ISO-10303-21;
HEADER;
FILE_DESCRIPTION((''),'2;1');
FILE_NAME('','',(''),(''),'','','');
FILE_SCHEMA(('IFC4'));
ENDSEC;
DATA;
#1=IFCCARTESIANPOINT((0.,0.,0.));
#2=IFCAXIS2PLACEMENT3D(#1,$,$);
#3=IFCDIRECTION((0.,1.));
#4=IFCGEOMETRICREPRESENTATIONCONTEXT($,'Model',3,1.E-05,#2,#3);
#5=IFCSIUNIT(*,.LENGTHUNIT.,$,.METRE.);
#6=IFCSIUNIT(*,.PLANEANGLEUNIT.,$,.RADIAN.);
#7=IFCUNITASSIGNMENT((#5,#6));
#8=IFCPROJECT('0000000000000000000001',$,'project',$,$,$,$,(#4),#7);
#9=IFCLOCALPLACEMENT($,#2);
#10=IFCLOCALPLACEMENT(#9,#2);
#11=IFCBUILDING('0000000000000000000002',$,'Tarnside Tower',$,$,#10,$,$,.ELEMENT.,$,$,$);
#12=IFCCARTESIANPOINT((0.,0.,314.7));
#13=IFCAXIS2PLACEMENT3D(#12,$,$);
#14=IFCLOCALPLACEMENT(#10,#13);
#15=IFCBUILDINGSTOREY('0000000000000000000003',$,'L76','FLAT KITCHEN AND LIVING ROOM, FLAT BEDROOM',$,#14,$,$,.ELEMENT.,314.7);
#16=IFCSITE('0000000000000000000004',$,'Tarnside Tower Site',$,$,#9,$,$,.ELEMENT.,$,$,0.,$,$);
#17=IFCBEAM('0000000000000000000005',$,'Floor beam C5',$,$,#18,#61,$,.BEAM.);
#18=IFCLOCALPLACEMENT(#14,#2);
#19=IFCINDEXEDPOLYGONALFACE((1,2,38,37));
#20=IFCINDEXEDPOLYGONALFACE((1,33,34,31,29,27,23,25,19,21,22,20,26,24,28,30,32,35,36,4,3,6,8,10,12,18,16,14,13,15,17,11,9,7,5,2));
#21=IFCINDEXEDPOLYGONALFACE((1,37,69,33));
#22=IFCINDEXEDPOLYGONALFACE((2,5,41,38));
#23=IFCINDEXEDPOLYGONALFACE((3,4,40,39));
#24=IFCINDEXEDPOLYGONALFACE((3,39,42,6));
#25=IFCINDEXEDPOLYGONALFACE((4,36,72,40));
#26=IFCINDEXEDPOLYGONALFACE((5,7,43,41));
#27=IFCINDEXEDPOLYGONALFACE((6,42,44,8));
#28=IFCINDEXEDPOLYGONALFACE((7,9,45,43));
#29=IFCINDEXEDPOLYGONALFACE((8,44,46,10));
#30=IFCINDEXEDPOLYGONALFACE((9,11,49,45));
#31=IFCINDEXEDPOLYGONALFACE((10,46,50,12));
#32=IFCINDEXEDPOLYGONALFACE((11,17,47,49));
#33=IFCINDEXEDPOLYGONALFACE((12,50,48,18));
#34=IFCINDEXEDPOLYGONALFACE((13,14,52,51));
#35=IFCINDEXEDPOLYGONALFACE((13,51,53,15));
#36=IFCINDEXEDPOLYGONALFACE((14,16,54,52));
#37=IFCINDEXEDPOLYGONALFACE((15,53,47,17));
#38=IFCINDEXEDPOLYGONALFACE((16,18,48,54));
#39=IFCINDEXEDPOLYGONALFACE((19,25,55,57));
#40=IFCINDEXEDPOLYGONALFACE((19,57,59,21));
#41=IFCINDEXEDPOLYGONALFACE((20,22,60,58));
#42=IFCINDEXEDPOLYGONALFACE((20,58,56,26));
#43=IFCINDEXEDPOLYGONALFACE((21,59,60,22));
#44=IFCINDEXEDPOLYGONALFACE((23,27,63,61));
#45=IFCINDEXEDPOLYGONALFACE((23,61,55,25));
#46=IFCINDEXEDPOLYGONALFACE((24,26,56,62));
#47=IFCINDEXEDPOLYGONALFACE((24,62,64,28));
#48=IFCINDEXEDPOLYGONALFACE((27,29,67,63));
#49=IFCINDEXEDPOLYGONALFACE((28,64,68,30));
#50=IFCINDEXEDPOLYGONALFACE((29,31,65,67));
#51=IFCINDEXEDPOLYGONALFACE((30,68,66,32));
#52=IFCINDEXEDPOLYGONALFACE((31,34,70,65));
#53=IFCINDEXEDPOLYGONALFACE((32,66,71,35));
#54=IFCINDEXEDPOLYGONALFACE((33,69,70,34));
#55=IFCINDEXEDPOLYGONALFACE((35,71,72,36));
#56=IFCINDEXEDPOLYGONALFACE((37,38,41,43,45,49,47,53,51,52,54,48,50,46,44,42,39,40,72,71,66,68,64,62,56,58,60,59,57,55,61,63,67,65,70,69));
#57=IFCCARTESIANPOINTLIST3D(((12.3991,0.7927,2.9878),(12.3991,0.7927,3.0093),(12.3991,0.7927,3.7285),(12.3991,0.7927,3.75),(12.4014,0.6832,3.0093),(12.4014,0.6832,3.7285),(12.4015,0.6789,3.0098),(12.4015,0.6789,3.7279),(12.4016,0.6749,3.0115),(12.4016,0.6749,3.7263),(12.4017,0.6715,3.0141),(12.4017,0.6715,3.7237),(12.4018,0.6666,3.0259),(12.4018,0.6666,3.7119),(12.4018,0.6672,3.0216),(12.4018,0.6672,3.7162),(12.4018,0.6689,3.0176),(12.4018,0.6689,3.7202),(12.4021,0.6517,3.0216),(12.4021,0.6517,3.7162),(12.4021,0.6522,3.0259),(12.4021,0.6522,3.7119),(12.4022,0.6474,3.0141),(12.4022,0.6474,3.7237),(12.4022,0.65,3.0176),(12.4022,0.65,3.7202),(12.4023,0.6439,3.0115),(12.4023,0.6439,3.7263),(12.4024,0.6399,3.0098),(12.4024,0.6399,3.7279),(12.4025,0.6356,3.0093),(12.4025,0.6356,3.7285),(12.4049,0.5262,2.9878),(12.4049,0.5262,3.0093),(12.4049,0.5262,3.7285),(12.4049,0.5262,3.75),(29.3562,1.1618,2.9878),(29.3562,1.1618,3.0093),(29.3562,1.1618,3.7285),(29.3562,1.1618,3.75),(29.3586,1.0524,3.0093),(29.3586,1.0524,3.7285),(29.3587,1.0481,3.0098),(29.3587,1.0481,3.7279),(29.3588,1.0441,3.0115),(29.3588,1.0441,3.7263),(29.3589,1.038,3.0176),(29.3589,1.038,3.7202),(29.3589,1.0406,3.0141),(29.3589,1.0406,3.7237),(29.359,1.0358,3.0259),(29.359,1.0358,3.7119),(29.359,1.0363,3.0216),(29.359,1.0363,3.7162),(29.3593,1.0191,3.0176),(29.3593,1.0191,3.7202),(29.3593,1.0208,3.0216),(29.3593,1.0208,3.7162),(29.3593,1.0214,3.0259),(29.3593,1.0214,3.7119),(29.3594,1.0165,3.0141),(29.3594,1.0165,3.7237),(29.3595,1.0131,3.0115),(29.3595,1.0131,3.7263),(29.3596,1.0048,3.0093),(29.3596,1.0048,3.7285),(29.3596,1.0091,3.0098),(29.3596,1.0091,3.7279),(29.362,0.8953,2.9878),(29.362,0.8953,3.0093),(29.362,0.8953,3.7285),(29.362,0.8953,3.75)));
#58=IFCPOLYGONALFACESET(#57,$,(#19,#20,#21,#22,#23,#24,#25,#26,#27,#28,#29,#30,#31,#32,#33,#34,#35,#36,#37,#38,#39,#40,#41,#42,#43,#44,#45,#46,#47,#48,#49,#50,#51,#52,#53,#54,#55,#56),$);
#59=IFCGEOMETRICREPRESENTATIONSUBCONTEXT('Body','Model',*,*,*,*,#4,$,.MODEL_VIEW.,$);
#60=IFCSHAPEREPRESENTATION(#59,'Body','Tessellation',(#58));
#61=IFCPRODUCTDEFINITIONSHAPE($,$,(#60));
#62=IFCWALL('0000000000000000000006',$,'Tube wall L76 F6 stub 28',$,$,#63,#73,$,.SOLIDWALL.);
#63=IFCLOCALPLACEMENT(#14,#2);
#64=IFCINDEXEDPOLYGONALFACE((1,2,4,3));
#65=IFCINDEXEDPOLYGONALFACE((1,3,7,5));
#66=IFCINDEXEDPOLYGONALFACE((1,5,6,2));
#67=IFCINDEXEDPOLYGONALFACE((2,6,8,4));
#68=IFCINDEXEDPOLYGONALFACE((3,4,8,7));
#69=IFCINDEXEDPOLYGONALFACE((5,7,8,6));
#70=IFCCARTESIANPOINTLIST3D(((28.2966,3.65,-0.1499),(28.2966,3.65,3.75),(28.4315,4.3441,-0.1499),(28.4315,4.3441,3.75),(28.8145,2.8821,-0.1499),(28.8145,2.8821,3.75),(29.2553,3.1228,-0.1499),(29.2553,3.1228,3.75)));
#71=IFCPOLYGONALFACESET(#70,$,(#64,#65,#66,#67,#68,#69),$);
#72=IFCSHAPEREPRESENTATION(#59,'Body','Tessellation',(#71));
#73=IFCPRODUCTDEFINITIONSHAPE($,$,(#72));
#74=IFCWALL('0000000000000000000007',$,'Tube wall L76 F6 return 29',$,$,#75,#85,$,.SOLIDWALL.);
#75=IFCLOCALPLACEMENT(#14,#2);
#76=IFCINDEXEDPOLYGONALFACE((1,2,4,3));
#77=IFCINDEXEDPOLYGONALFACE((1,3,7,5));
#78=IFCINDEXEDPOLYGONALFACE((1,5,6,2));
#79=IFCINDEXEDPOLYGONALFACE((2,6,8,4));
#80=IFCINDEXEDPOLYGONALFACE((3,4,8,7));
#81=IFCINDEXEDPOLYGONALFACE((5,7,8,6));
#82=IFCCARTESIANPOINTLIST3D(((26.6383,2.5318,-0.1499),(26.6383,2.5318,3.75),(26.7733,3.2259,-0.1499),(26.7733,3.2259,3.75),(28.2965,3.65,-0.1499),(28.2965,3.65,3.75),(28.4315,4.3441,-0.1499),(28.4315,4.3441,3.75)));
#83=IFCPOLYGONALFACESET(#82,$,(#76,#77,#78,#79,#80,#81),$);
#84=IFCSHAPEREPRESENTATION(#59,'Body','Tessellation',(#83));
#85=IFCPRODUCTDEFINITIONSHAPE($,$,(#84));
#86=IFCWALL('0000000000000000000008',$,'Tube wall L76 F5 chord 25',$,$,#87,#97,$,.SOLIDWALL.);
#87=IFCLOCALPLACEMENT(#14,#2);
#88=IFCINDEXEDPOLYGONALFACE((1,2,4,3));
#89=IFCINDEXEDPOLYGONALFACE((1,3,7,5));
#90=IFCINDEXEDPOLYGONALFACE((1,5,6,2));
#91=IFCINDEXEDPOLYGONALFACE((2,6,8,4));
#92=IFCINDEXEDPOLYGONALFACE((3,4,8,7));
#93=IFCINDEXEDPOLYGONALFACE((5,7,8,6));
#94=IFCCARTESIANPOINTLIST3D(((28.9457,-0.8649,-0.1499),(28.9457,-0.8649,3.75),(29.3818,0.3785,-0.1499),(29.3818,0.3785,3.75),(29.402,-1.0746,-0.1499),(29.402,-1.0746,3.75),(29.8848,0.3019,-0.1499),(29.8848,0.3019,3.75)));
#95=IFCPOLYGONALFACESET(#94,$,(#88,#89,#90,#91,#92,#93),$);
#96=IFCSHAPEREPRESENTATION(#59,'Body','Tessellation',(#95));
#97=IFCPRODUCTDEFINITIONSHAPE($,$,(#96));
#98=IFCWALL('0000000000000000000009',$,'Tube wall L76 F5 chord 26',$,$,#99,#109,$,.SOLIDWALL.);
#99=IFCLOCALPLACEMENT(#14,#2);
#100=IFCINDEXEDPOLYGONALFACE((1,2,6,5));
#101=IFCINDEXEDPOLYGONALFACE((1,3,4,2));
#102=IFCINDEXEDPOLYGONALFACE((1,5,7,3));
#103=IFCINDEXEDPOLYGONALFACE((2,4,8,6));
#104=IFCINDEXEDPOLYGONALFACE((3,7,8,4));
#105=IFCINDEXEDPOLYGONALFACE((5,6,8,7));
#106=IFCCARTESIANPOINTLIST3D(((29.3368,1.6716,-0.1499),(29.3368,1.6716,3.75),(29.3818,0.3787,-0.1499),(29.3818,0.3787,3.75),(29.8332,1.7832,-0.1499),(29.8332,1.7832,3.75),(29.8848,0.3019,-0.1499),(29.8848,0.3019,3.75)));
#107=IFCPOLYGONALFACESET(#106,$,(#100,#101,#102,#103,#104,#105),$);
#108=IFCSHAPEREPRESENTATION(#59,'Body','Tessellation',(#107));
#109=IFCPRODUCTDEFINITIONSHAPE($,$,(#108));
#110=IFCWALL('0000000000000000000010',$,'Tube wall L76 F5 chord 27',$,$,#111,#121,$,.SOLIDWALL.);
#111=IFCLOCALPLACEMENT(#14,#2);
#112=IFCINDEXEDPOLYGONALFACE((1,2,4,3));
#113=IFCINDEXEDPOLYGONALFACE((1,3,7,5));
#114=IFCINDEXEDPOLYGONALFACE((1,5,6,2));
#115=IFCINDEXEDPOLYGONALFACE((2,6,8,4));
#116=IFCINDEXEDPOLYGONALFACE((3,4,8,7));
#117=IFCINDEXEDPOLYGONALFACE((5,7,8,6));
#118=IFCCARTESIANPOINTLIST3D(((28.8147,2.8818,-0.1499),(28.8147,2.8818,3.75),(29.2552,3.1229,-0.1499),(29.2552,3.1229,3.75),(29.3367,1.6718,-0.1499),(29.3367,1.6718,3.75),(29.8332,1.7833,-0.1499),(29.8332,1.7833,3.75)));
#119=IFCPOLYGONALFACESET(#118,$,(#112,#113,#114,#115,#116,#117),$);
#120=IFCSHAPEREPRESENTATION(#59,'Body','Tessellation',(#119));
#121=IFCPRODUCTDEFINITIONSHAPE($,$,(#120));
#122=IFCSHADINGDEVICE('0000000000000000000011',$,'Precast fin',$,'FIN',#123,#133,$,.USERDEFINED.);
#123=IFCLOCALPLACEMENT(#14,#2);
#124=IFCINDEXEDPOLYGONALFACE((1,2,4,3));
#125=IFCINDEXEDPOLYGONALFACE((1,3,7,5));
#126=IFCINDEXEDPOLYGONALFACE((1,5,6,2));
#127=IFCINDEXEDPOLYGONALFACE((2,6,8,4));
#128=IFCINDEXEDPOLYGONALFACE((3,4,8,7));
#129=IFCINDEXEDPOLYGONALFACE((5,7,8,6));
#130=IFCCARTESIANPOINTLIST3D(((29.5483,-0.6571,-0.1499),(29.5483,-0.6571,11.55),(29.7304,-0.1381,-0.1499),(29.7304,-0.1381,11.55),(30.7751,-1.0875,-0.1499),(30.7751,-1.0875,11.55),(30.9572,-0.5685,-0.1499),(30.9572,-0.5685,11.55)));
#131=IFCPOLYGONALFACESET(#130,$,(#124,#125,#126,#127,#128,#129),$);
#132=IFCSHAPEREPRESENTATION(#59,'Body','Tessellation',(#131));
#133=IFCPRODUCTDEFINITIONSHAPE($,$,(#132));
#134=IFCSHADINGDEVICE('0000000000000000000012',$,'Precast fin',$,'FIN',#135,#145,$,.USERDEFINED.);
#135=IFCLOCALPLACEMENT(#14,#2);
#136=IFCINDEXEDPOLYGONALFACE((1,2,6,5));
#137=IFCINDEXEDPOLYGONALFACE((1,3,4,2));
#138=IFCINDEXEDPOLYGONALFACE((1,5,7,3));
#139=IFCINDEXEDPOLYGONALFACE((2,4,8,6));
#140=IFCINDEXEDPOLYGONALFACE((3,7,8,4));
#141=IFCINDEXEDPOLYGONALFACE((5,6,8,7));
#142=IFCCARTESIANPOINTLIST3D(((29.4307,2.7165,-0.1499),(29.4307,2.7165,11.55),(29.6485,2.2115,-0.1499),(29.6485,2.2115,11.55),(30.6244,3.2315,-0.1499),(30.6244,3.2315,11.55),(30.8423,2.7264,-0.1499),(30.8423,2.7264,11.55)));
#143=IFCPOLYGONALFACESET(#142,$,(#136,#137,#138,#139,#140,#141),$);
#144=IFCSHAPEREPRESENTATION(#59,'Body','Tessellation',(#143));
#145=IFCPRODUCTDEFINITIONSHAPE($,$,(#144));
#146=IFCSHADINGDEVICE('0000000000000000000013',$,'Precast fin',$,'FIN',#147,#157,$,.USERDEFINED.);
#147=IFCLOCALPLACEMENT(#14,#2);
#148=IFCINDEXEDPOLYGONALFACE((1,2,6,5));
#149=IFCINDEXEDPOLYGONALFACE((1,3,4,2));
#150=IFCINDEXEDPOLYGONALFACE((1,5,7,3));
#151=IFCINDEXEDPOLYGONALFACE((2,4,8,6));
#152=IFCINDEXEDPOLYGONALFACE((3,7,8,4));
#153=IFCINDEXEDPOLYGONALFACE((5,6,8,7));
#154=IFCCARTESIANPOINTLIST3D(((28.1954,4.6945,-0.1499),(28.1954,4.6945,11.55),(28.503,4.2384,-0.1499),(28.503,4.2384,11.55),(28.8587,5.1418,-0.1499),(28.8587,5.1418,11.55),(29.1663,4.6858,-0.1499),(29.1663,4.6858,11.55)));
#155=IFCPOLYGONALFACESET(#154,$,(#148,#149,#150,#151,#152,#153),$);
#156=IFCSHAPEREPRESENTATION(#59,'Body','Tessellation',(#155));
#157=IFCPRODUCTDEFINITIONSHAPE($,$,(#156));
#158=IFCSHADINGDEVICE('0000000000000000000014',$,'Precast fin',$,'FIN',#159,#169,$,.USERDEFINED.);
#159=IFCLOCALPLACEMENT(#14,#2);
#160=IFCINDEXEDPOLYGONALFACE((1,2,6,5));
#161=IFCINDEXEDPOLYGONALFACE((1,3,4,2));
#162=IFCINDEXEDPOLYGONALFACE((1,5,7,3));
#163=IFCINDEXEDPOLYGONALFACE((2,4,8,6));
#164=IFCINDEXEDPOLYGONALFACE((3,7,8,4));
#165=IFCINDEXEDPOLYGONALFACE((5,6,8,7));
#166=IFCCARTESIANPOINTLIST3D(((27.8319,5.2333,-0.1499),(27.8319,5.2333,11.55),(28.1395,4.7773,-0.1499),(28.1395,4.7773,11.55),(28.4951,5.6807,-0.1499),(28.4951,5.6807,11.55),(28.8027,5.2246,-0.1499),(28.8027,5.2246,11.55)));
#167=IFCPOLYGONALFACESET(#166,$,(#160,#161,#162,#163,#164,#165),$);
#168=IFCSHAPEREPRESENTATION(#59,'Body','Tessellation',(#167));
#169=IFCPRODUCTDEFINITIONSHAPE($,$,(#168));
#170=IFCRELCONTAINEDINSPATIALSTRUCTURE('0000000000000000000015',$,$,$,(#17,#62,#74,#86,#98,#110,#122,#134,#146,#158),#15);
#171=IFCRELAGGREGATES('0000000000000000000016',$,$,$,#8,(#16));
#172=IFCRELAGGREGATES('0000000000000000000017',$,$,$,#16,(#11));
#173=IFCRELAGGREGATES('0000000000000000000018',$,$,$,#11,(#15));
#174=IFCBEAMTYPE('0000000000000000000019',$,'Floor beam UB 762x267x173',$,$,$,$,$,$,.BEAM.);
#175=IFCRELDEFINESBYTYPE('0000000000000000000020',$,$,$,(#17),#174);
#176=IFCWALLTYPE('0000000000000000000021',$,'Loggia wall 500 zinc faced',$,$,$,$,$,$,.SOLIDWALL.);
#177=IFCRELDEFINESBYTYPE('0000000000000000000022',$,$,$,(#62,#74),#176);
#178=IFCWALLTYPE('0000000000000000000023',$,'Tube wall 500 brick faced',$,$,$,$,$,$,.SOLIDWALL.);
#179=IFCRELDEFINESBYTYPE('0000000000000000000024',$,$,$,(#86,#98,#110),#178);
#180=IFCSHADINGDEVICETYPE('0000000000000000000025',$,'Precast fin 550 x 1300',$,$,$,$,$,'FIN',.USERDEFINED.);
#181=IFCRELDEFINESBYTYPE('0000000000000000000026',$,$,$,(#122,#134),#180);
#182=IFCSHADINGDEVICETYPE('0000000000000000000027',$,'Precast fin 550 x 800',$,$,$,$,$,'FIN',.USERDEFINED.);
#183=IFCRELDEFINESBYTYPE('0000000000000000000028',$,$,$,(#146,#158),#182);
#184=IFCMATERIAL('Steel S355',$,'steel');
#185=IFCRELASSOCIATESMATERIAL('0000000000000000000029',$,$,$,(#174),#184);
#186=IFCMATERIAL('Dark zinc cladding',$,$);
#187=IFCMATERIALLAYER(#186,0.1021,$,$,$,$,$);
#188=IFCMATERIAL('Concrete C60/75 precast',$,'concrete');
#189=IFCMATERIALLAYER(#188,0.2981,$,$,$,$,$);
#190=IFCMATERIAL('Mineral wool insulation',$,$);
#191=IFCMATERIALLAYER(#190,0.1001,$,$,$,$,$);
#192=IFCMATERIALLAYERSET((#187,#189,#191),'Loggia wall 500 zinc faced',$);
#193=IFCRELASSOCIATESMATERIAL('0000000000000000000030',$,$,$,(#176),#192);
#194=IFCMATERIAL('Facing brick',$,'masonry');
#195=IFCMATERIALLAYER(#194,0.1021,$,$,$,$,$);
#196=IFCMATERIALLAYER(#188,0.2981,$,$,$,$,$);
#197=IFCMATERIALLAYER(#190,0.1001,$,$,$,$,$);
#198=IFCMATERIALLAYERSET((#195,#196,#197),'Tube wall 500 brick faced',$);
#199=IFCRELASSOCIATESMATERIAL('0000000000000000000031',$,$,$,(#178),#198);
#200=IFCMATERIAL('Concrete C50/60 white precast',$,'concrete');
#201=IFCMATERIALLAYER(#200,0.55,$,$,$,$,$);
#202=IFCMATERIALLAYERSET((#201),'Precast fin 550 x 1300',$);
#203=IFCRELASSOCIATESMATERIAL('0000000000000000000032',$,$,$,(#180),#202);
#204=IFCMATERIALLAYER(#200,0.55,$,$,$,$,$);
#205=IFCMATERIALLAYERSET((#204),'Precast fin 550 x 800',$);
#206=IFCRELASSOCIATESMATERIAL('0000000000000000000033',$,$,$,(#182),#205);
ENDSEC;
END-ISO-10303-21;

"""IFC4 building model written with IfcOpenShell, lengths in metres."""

from ifc_helpers import new_model, si_unit, direction, frame, origin, origin_2d, place, context, subcontext, project, spatial, polyline, i_section, outline, extrude, material, layer, layer_set, material_profile, profile_set, type_object, element, save


model = new_model("IFC4")

# Units and contexts
model_context = context("Model", 3, precision=1e-05, world=origin(), true_north=direction((0.0, 1.0)))
body_context = subcontext(model_context, "Body", "Model", "MODEL_VIEW")
ifc_project = project(units=[si_unit("LENGTHUNIT", "METRE"), si_unit("PLANEANGLEUNIT", "RADIAN")], contexts=[model_context])

# Site, building, storey
site_placement = place(None, origin())
site = spatial("IfcSite", under=ifc_project, at=site_placement, Name="Tarnside Tower Site", CompositionType="ELEMENT", RefElevation=0.0)
building_placement = place(site_placement, origin())
building = spatial("IfcBuilding", under=site, at=building_placement, Name="Tarnside Tower", CompositionType="ELEMENT")
storey_placement = place(building_placement, frame((0.0, 0.0, 314.7)))
storey = spatial("IfcBuildingStorey", under=building, at=storey_placement, Name="L76", Description="FLAT KITCHEN AND LIVING ROOM, FLAT BEDROOM", CompositionType="ELEMENT", Elevation=314.7)

# Beam
ifc_material_1 = material(Name="Steel S355", Category="steel")
ifc_material_profile = material_profile(ifc_material_1, i_section(OverallWidth=0.2666, OverallDepth=0.7622, WebThickness=0.0144, FlangeThickness=0.0215, FilletRadius=0.0166, at=origin_2d()), Name="UB 762x267x173")
ifc_profile_set = profile_set([ifc_material_profile], Name="Steel S355")
beam_type = type_object("IfcBeamType", Name="Floor beam UB 762x267x173", PredefinedType="BEAM", material=ifc_profile_set)
beam_placement = place(storey_placement, frame((29.3591, 1.0286, 3.3689), z_axis=(-0.999763, -0.021764, 0.0), x_axis=(0.021764, -0.999763, 0.0)))
element("IfcBeam", 1, at=beam_placement, inside=storey, type_object=beam_type, Name="Floor beam C5", PredefinedType="BEAM", context=body_context, shape_type="SweptSolid", body=[
    extrude(i_section(OverallWidth=0.2666, OverallDepth=0.7622, WebThickness=0.0144, FlangeThickness=0.0215, FilletRadius=0.0166, at=origin_2d()), origin(), (0.0, 0.0, 1.0), 16.9612),
])

# Walls
ifc_material_2 = material(Name="Dark zinc cladding")
ifc_layer_1 = layer(ifc_material_2, 0.1021)
ifc_material_3 = material(Name="Concrete C60/75 precast", Category="concrete")
ifc_layer_2 = layer(ifc_material_3, 0.2981)
ifc_material_4 = material(Name="Mineral wool insulation")
ifc_layer_3 = layer(ifc_material_4, 0.1001)
ifc_layer_set_1 = layer_set([ifc_layer_1, ifc_layer_2, ifc_layer_3], Name="Loggia wall 500 zinc faced")
wall_type_1 = type_object("IfcWallType", Name="Loggia wall 500 zinc faced", PredefinedType="SOLIDWALL", material=ifc_layer_set_1)
wall_1_placement = place(storey_placement, frame((29.0349, 3.0024, -0.1499), z_axis=(0.0, 0.0, 1.0), x_axis=(-0.5592, 0.829033, 0.0)))
element("IfcWall", 2, at=wall_1_placement, inside=storey, type_object=wall_type_1, Name="Tube wall L76 F6 stub 28", PredefinedType="SOLIDWALL", context=body_context, shape_type="SweptSolid", body=[
    extrude(outline(polyline([(-0.0234, -0.25), (1.4497, -0.25), (0.9497, 0.25), (0.0234, 0.25), (-0.0234, -0.25)])), origin(), (0.0, 0.0, 1.0), 3.8999),
])
wall_2_placement = place(storey_placement, frame((28.364, 3.9971, -0.1499), z_axis=(0.0, 0.0, 1.0), x_axis=(-0.829109, -0.559087, 0.0)))
element("IfcWall", 3, at=wall_2_placement, inside=storey, type_object=wall_type_1, Name="Tube wall L76 F6 return 29", PredefinedType="SOLIDWALL", context=body_context, shape_type="SweptSolid", body=[
    extrude(outline(polyline([(-0.25, -0.25), (1.75, -0.25), (2.25, 0.25), (0.25, 0.25), (-0.25, -0.25)])), origin(), (0.0, 0.0, 1.0), 3.8999),
])

# Walls
ifc_material_5 = material(Name="Facing brick", Category="masonry")
ifc_layer_4 = layer(ifc_material_5, 0.1021)
ifc_layer_5 = layer(ifc_material_3, 0.2981)
ifc_layer_6 = layer(ifc_material_4, 0.1001)
ifc_layer_set_2 = layer_set([ifc_layer_4, ifc_layer_5, ifc_layer_6], Name="Tube wall 500 brick faced")
wall_type_2 = type_object("IfcWallType", Name="Tube wall 500 brick faced", PredefinedType="SOLIDWALL", material=ifc_layer_set_2)
wall_3_placement = place(storey_placement, frame((29.1738, -0.9697, -0.1499), z_axis=(0.0, 0.0, 1.0), x_axis=(0.330961, 0.943644, 0.0)))
element("IfcWall", 4, at=wall_3_placement, inside=storey, type_object=wall_type_2, Name="Tube wall L76 F5 chord 25", PredefinedType="SOLIDWALL", context=body_context, shape_type="SweptSolid", body=[
    extrude(outline(polyline([(-0.0234, -0.25), (1.4353, -0.25), (1.3411, 0.25), (0.0234, 0.25), (-0.0234, -0.25)])), origin(), (0.0, 0.0, 1.0), 3.8999),
])
wall_4_placement = place(storey_placement, frame((29.6333, 0.3403, -0.1499), z_axis=(0.0, 0.0, 1.0), x_axis=(-0.034826, 0.999393, 0.0)))
element("IfcWall", 5, at=wall_4_placement, inside=storey, type_object=wall_type_2, Name="Tube wall L76 F5 chord 26", PredefinedType="SOLIDWALL", context=body_context, shape_type="SweptSolid", body=[
    extrude(outline(polyline([(-0.0471, -0.25), (1.4351, -0.25), (1.3408, 0.25), (0.0471, 0.25), (-0.0471, -0.25)])), origin(), (0.0, 0.0, 1.0), 3.8999),
])
wall_5_placement = place(storey_placement, frame((29.585, 1.7275, -0.1499), z_axis=(0.0, 0.0, 1.0), x_axis=(-0.396146, 0.918187, 0.0)))
element("IfcWall", 6, at=wall_5_placement, inside=storey, type_object=wall_type_2, Name="Tube wall L76 F5 chord 27", PredefinedType="SOLIDWALL", context=body_context, shape_type="SweptSolid", body=[
    extrude(outline(polyline([(-0.0471, -0.25), (1.4119, -0.25), (1.365, 0.25), (0.0471, 0.25), (-0.0471, -0.25)])), origin(), (0.0, 0.0, 1.0), 3.8999),
])

# Shading devices
ifc_material_6 = material(Name="Concrete C50/60 white precast", Category="concrete")
ifc_layer_7 = layer(ifc_material_6, 0.55)
ifc_layer_set_3 = layer_set([ifc_layer_7], Name="Precast fin 550 x 1300")
shading_device_type_1 = type_object("IfcShadingDeviceType", Name="Precast fin 550 x 1300", ElementType="FIN", PredefinedType="USERDEFINED", material=ifc_layer_set_3)
for number, where, z_axis, x_axis, name in (
    (7, (29.6394, -0.3975, -0.1499), (-0.331063, -0.943609, 0.0), (0.943609, -0.331063, 0.0), "Precast fin"),
    (8, (29.5396, 2.4641, -0.1499), (0.39608, -0.918216, 0.0), (0.918216, 0.39608, 0.0), "Precast fin"),
):
    element("IfcShadingDevice", number, at=place(storey_placement, frame(where, z_axis=z_axis, x_axis=x_axis)), inside=storey, type_object=shading_device_type_1, Name=name, ObjectType="FIN", PredefinedType="USERDEFINED", context=body_context, shape_type="SweptSolid", body=[
        extrude(outline(polyline([(0.0, 0.0), (1.3, 0.0), (1.3, 11.7), (0.0, 11.7), (0.0, 0.0)])), frame((0.0, 0.0, -0.2749)), (0.0, 0.0, 1.0), 0.55),
    ])
ifc_layer_8 = layer(ifc_material_6, 0.55)
ifc_layer_set_4 = layer_set([ifc_layer_8], Name="Precast fin 550 x 800")
shading_device_type_2 = type_object("IfcShadingDeviceType", Name="Precast fin 550 x 800", ElementType="FIN", PredefinedType="USERDEFINED", material=ifc_layer_set_4)
for number, where, z_axis, x_axis, name in (
    (9, (28.3491, 4.4666, -0.1499), (0.559193, -0.829038, 0.0), (0.829038, 0.559193, 0.0), "Precast fin"),
    (10, (27.9856, 5.0054, -0.1499), (0.559193, -0.829038, 0.0), (0.829038, 0.559193, 0.0), "Precast fin"),
):
    element("IfcShadingDevice", number, at=place(storey_placement, frame(where, z_axis=z_axis, x_axis=x_axis)), inside=storey, type_object=shading_device_type_2, Name=name, ObjectType="FIN", PredefinedType="USERDEFINED", context=body_context, shape_type="SweptSolid", body=[
        extrude(outline(polyline([(0.0, 0.0), (0.8, 0.0), (0.8, 11.7), (0.0, 11.7), (0.0, 0.0)])), frame((0.0, 0.0, -0.2749)), (0.0, 0.0, 1.0), 0.55),
    ])

save(model, "model.ifc")
